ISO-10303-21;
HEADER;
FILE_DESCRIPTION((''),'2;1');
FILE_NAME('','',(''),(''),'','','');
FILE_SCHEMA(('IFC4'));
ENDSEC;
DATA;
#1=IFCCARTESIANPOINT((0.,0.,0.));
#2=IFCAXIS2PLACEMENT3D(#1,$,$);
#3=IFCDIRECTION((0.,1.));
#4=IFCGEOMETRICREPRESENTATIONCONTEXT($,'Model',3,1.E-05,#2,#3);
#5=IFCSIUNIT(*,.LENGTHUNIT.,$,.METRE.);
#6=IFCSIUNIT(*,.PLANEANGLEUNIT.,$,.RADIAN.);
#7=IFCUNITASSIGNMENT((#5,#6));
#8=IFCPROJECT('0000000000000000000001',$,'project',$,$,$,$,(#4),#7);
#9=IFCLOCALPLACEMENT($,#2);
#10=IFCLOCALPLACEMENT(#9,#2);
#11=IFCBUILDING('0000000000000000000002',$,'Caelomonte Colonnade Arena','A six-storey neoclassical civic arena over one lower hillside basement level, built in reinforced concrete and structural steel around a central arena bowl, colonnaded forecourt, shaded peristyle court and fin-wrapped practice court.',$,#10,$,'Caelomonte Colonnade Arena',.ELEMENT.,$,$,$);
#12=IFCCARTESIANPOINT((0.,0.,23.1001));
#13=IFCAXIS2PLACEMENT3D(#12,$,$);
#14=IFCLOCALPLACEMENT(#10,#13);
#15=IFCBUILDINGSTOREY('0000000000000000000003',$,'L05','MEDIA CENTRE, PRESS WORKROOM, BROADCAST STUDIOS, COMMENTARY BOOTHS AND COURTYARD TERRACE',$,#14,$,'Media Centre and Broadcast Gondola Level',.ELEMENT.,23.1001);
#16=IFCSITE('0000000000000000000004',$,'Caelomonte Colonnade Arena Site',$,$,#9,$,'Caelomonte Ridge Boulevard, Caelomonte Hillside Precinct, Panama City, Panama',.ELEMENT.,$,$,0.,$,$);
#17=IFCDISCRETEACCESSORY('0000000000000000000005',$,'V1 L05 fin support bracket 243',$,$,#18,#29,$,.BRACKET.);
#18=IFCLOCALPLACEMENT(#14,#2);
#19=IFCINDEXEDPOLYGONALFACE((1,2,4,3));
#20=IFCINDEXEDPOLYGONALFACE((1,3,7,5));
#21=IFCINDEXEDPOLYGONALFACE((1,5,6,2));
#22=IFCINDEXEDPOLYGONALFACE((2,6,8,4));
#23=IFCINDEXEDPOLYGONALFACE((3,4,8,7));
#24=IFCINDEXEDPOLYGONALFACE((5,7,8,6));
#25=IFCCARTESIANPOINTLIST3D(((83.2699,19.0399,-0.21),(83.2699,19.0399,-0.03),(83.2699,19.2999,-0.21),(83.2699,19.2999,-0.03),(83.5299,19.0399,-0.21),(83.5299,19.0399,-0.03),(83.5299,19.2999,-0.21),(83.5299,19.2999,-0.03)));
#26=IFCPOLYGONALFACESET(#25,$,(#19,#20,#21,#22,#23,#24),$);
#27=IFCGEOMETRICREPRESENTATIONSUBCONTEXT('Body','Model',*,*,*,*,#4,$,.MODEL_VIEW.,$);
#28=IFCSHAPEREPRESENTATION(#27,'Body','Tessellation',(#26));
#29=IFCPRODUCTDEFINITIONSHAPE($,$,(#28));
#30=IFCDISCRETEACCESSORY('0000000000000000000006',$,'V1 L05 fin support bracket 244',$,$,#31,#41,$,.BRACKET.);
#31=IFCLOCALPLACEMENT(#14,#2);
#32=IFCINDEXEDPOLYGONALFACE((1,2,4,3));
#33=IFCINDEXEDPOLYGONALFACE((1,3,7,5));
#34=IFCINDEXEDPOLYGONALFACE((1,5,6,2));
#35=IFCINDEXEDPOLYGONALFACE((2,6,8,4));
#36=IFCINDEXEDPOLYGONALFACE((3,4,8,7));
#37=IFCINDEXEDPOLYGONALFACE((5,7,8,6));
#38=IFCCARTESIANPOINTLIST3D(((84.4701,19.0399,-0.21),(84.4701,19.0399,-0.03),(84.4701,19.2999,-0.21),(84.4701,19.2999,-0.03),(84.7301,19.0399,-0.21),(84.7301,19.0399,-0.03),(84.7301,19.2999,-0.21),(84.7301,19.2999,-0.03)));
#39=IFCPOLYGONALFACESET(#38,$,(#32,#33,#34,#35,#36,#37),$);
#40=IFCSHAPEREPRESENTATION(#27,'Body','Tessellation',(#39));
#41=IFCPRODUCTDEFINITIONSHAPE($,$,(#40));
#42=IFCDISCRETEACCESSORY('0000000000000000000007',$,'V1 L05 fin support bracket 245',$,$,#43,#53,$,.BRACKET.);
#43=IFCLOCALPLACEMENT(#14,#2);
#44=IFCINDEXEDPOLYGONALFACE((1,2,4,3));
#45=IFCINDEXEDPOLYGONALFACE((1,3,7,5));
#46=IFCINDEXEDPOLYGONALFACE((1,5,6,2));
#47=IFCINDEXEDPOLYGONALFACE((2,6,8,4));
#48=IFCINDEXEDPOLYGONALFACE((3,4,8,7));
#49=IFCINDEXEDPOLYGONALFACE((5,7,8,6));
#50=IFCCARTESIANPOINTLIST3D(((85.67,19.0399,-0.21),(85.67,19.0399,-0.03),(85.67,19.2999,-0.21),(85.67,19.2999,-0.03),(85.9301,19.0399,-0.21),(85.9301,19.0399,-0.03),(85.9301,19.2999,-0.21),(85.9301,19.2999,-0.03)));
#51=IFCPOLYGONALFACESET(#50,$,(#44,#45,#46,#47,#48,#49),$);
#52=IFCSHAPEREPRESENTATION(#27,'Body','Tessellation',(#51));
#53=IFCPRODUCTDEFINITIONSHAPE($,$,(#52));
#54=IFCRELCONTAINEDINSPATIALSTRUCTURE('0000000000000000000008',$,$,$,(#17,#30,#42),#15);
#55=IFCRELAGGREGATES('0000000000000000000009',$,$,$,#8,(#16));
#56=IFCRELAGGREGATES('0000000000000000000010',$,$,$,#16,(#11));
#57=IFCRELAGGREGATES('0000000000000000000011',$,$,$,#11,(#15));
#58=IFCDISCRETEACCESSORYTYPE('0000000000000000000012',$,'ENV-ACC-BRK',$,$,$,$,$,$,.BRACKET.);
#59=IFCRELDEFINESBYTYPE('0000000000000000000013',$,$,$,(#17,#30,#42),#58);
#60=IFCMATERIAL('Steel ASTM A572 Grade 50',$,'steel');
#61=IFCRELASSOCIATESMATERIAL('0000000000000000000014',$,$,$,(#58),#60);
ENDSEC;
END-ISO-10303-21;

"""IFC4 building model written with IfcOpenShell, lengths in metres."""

from ifc_helpers import new_model, si_unit, direction, frame, origin, origin_2d, place, context, subcontext, project, spatial, rectangle, extrude, material, type_object, element, save


model = new_model("IFC4")

# Units and contexts
model_context = context("Model", 3, precision=1e-05, world=origin(), true_north=direction((0.0, 1.0)))
body_context = subcontext(model_context, "Body", "Model", "MODEL_VIEW")
ifc_project = project(units=[si_unit("LENGTHUNIT", "METRE"), si_unit("PLANEANGLEUNIT", "RADIAN")], contexts=[model_context])

# Site, building, storey
site_placement = place(None, origin())
site = spatial("IfcSite", under=ifc_project, at=site_placement, Name="Caelomonte Colonnade Arena Site", LongName="Caelomonte Ridge Boulevard, Caelomonte Hillside Precinct, Panama City, Panama", CompositionType="ELEMENT", RefElevation=0.0)
building_placement = place(site_placement, origin())
building = spatial("IfcBuilding", under=site, at=building_placement, Name="Caelomonte Colonnade Arena", Description="A six-storey neoclassical civic arena over one lower hillside basement level, built in reinforced concrete and structural steel around a central arena bowl, colonnaded forecourt, shaded peristyle court and fin-wrapped practice court.", LongName="Caelomonte Colonnade Arena", CompositionType="ELEMENT")
storey_placement = place(building_placement, frame((0.0, 0.0, 23.1001)))
storey = spatial("IfcBuildingStorey", under=building, at=storey_placement, Name="L05", Description="MEDIA CENTRE, PRESS WORKROOM, BROADCAST STUDIOS, COMMENTARY BOOTHS AND COURTYARD TERRACE", LongName="Media Centre and Broadcast Gondola Level", CompositionType="ELEMENT", Elevation=23.1001)

# Discrete accessories
ifc_material_1 = material(Name="Steel ASTM A572 Grade 50", Category="steel")
discrete_accessory_type = type_object("IfcDiscreteAccessoryType", Name="ENV-ACC-BRK", PredefinedType="BRACKET", material=ifc_material_1)
for number, where, z_axis, x_axis, name in (
    (1, (83.3999, 19.1699, -0.21), (0.0, 0.0, 1.0), (1.0, 0.0, 0.0), "V1 L05 fin support bracket 243"),
    (2, (84.6001, 19.1699, -0.21), (0.0, 0.0, 1.0), (1.0, 0.0, 0.0), "V1 L05 fin support bracket 244"),
    (3, (85.8, 19.1699, -0.21), (0.0, 0.0, 1.0), (1.0, 0.0, 0.0), "V1 L05 fin support bracket 245"),
):
    element("IfcDiscreteAccessory", number, at=place(storey_placement, frame(where, z_axis=z_axis, x_axis=x_axis)), inside=storey, type_object=discrete_accessory_type, Name=name, PredefinedType="BRACKET", context=body_context, shape_type="SweptSolid", body=[
        extrude(rectangle(XDim=0.26, YDim=0.26, at=origin_2d()), origin(), (0.0, 0.0, 1.0), 0.1799),
    ])

save(model, "model.ifc")
